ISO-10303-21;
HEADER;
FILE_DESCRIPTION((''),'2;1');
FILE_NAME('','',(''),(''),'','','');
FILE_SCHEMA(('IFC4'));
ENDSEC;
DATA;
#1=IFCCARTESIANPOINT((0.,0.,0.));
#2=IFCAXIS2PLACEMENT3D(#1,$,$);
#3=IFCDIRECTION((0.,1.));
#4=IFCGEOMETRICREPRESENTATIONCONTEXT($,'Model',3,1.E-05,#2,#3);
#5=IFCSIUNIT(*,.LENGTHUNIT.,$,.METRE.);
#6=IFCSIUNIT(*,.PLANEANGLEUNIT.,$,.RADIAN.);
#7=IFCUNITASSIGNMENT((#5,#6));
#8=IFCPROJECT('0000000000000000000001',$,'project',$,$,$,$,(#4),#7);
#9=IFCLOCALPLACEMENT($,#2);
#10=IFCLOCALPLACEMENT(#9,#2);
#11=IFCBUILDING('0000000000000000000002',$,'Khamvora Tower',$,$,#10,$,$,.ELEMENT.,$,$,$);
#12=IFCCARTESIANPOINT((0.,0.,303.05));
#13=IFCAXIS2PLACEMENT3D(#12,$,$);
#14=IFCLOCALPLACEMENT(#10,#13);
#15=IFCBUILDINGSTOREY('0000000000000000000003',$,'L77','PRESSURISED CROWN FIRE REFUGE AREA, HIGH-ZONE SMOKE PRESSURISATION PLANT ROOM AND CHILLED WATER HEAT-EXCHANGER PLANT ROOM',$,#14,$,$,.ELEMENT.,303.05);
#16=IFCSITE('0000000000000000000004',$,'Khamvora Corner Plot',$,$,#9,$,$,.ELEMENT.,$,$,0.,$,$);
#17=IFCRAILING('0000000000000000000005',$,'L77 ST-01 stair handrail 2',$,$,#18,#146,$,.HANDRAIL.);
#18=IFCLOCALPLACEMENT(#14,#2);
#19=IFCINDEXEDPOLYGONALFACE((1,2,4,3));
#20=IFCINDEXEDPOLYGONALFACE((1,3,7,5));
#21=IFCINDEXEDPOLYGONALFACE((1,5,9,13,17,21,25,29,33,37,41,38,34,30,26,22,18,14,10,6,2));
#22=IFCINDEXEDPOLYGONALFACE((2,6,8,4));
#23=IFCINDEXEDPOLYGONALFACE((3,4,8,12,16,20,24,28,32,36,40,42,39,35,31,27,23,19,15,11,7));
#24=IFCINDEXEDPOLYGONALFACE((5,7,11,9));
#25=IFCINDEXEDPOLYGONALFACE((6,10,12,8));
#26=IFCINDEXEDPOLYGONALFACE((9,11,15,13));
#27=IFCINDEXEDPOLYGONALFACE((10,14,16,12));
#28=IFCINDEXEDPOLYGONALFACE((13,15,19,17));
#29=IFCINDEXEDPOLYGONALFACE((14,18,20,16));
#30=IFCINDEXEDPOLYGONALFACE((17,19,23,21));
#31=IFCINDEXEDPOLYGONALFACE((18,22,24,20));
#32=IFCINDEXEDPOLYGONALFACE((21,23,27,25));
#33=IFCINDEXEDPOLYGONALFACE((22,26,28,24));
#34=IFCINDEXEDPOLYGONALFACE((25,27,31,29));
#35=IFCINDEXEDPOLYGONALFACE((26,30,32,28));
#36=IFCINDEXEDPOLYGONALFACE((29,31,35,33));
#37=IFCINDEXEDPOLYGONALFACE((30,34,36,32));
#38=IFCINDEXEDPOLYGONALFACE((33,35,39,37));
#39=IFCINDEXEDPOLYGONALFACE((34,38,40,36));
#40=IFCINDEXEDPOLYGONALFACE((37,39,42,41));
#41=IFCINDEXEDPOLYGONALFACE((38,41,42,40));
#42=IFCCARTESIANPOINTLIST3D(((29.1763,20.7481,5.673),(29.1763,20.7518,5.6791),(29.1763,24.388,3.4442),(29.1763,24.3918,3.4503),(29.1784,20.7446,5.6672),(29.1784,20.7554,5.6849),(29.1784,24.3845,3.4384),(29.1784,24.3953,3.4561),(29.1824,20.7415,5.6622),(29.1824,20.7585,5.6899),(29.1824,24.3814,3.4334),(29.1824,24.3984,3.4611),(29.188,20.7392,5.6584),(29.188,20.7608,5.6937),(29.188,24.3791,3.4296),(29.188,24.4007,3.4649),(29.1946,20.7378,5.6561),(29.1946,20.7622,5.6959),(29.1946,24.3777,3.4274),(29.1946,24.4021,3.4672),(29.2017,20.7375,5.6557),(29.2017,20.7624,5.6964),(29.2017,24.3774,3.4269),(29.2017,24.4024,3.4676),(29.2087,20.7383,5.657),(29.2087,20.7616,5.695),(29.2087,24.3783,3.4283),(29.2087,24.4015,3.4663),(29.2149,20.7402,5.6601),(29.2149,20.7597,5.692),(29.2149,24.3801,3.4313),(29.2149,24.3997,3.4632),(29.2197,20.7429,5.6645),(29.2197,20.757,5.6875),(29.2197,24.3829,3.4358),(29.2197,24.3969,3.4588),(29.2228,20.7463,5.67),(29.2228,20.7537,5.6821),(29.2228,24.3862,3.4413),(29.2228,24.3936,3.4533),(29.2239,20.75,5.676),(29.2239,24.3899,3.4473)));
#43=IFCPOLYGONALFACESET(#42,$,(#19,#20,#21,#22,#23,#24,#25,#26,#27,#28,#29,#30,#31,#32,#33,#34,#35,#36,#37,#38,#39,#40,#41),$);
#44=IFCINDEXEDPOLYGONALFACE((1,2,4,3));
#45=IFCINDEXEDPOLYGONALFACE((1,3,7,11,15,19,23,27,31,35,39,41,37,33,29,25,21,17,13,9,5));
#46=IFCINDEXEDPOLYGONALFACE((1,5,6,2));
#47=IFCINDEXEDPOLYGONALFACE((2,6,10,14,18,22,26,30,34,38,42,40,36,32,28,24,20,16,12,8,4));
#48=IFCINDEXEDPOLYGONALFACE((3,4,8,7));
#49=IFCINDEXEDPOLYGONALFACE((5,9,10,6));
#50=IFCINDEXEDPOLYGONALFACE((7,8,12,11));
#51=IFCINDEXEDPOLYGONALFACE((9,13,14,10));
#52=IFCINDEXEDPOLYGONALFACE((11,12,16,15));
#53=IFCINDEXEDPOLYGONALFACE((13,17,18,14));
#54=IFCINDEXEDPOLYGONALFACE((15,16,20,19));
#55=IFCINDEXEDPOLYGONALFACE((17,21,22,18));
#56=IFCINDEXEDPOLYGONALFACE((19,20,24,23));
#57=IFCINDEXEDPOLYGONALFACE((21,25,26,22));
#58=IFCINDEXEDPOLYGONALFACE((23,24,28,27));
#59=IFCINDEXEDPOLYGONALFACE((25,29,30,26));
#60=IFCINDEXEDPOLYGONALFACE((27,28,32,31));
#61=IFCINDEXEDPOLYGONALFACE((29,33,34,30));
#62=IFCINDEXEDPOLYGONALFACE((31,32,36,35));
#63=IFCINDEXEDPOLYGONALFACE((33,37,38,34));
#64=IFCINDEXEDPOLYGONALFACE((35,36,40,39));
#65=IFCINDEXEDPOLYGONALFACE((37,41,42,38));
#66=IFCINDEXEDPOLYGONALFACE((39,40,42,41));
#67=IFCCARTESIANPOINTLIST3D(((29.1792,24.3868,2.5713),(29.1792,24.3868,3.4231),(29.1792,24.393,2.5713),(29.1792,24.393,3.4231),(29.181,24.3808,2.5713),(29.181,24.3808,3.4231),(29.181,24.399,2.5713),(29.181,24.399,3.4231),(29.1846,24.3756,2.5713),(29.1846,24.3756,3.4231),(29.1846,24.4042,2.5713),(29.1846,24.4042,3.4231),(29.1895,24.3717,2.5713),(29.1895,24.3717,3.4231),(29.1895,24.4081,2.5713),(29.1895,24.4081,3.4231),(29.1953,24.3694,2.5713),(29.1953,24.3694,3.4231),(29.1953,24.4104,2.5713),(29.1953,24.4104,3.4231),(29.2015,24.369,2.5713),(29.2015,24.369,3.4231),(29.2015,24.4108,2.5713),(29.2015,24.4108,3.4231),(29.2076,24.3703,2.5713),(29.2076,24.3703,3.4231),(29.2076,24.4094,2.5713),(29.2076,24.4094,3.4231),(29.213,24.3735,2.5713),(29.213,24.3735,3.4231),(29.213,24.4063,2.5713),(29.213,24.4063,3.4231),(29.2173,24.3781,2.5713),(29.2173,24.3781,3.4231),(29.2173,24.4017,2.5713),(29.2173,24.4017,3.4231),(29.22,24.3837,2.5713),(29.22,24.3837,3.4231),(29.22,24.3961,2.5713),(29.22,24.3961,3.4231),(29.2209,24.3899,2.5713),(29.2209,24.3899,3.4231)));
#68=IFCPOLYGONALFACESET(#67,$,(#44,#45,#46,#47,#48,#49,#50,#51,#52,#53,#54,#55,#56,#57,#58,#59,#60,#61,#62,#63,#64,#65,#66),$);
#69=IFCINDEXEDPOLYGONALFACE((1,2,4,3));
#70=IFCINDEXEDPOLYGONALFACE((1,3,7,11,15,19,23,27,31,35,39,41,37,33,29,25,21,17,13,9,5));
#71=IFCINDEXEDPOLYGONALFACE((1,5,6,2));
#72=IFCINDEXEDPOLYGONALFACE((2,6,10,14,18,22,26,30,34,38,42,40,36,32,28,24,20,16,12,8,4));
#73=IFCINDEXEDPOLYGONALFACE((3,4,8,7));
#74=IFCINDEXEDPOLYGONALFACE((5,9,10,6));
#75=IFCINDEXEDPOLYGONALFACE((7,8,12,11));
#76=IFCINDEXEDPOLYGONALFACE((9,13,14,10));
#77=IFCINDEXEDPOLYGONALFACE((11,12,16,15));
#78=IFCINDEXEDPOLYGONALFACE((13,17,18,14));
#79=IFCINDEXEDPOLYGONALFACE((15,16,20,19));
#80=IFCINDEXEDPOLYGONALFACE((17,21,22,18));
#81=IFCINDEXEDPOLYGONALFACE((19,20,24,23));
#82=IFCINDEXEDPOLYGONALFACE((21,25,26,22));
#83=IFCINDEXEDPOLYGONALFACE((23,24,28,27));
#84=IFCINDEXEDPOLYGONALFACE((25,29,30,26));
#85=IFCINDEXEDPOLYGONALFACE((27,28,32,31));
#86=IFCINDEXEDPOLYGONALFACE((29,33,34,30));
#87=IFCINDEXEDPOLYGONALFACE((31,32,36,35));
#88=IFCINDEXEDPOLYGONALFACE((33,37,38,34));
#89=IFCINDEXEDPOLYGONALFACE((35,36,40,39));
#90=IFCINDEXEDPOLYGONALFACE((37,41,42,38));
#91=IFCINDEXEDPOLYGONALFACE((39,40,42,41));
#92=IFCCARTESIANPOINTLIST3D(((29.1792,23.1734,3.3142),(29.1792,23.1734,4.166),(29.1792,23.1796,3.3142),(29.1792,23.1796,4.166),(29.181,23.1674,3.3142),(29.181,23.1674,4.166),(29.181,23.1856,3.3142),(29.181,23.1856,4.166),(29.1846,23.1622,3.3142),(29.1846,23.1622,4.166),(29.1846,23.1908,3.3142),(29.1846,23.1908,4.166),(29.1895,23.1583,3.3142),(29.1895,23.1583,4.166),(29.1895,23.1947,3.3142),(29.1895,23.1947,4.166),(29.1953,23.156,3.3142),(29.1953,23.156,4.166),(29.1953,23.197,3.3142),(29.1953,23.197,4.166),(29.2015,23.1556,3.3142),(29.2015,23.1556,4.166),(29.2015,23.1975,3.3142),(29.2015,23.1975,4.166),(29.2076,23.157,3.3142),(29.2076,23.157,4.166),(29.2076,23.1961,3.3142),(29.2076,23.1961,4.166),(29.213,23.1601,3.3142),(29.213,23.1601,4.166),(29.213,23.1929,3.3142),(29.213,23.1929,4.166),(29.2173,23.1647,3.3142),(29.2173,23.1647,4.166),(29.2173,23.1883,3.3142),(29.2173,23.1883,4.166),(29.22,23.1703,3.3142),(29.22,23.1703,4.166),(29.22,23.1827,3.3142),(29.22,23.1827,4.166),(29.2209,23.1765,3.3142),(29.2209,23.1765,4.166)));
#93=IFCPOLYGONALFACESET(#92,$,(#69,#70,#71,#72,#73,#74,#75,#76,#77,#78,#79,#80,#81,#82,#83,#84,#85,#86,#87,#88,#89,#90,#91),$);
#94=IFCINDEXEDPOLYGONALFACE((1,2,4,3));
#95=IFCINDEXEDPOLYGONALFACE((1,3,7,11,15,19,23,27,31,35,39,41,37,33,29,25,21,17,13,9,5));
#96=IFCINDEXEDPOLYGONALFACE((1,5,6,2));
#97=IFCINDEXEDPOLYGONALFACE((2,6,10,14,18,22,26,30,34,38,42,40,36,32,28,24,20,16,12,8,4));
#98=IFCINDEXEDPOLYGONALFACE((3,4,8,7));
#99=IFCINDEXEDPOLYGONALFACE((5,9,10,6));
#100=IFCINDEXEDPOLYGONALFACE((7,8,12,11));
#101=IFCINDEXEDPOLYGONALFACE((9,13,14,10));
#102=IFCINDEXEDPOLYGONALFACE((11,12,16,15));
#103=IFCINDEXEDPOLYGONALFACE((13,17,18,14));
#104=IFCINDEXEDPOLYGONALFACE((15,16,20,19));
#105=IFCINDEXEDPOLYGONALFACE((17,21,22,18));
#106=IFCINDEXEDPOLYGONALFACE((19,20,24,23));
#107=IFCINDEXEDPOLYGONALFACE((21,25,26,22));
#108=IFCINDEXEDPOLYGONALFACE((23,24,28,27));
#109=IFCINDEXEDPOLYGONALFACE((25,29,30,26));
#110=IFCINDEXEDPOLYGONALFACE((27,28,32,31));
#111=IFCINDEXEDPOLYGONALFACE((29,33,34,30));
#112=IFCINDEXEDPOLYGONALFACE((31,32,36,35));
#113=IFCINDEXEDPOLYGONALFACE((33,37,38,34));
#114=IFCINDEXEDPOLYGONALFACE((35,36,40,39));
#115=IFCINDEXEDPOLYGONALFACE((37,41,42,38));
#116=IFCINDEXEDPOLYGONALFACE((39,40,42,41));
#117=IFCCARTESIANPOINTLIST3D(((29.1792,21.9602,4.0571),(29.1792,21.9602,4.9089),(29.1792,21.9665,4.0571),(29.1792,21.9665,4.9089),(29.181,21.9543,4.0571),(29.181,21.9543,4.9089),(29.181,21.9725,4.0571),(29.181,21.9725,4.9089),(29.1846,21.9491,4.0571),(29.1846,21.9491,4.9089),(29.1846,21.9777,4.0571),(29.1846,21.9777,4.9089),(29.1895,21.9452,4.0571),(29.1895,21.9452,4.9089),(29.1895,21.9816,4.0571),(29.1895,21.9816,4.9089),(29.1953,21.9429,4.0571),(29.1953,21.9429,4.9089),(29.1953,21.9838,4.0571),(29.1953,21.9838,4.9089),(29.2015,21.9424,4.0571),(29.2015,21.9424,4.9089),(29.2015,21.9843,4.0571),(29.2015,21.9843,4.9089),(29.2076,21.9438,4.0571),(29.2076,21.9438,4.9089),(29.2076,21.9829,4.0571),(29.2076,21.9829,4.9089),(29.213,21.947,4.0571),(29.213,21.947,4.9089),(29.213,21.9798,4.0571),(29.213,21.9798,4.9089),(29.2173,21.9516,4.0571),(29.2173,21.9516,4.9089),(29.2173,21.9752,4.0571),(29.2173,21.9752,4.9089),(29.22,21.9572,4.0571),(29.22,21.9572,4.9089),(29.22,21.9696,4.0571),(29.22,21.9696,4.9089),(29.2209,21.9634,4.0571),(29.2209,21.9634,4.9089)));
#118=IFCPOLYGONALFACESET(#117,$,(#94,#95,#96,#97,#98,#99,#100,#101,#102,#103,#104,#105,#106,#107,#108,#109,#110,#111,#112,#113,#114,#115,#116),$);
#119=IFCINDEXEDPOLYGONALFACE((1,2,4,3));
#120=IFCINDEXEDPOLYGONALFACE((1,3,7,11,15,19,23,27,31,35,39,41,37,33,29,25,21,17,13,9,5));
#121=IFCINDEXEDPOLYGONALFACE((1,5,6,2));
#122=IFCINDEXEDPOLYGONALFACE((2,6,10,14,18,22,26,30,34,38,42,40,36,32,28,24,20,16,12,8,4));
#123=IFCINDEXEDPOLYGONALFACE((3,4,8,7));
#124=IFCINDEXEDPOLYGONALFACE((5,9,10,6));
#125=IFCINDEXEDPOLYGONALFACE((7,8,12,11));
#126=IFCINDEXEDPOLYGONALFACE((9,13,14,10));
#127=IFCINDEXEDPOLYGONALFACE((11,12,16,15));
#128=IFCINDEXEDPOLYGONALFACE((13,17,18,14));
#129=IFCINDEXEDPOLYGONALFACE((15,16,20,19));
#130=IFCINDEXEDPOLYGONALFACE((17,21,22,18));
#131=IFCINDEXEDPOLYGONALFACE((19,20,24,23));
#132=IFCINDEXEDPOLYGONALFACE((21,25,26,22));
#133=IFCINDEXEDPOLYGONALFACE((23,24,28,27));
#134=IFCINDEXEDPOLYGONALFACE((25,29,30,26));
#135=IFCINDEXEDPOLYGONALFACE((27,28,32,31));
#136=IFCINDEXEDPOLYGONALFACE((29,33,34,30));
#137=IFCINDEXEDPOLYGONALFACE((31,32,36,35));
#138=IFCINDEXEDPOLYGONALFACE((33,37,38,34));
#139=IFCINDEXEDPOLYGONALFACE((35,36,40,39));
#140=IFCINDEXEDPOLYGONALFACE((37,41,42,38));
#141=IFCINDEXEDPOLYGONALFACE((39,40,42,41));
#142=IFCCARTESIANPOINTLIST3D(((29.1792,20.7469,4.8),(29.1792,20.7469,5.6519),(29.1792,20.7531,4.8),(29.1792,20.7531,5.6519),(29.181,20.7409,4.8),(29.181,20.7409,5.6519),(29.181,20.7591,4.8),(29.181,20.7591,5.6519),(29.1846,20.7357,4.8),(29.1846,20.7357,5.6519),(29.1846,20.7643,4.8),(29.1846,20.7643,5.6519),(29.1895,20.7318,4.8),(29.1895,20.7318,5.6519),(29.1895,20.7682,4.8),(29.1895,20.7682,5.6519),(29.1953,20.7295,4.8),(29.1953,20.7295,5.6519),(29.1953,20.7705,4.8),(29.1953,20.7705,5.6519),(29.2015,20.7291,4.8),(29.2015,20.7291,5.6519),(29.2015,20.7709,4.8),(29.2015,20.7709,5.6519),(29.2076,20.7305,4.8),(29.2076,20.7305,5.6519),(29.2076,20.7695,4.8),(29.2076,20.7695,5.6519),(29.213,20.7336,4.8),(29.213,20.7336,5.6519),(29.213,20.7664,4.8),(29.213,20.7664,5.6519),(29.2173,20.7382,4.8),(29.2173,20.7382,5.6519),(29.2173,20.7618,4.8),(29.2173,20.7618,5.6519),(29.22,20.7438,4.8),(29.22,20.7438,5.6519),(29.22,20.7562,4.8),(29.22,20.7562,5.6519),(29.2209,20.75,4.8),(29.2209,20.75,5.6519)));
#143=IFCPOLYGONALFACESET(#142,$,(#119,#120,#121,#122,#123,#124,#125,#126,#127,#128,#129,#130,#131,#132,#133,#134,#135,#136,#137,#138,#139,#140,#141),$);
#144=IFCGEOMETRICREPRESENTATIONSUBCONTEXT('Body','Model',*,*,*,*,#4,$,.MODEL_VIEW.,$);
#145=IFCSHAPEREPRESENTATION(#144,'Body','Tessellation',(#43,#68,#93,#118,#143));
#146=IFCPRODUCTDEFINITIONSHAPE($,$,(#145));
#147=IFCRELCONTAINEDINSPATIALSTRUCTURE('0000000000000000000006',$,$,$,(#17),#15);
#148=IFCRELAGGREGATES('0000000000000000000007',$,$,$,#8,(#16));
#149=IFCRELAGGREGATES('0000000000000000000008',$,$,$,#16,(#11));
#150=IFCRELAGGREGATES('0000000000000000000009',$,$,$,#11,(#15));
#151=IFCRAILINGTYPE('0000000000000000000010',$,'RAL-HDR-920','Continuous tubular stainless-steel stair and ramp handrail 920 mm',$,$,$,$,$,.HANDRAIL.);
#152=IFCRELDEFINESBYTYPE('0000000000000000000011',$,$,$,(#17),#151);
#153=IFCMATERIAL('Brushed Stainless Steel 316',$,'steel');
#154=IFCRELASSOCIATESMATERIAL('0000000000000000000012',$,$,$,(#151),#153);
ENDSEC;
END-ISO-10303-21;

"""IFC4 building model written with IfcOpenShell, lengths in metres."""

from ifc_helpers import new_model, si_unit, direction, frame, origin, origin_2d, place, context, subcontext, project, spatial, circle, extrude, material, type_object, element, save


model = new_model("IFC4")

# Units and contexts
model_context = context("Model", 3, precision=1e-05, world=origin(), true_north=direction((0.0, 1.0)))
body_context = subcontext(model_context, "Body", "Model", "MODEL_VIEW")
ifc_project = project(units=[si_unit("LENGTHUNIT", "METRE"), si_unit("PLANEANGLEUNIT", "RADIAN")], contexts=[model_context])

# Site, building, storey
site_placement = place(None, origin())
site = spatial("IfcSite", under=ifc_project, at=site_placement, Name="Khamvora Corner Plot", CompositionType="ELEMENT", RefElevation=0.0)
building_placement = place(site_placement, origin())
building = spatial("IfcBuilding", under=site, at=building_placement, Name="Khamvora Tower", CompositionType="ELEMENT")
storey_placement = place(building_placement, frame((0.0, 0.0, 303.05)))
storey = spatial("IfcBuildingStorey", under=building, at=storey_placement, Name="L77", Description="PRESSURISED CROWN FIRE REFUGE AREA, HIGH-ZONE SMOKE PRESSURISATION PLANT ROOM AND CHILLED WATER HEAT-EXCHANGER PLANT ROOM", CompositionType="ELEMENT", Elevation=303.05)

# Railing
ifc_material_1 = material(Name="Brushed Stainless Steel 316", Category="steel")
railing_type_1 = type_object("IfcRailingType", Name="RAL-HDR-920", Description="Continuous tubular stainless-steel stair and ramp handrail 920 mm", PredefinedType="HANDRAIL", material=ifc_material_1)
railing_1_placement = place(storey_placement, frame((29.2, 24.3899, 2.5713)))
element("IfcRailing", 1, at=railing_1_placement, inside=storey, type_object=railing_type_1, Name="L77 ST-01 stair handrail 2", PredefinedType="HANDRAIL", context=body_context, shape_type="SweptSolid", body=[
    extrude(circle(Radius=0.0239, at=origin_2d()), frame((0.0, 0.0, 0.876), z_axis=(0.0, -0.852825, 0.522197), x_axis=(1.0, 0.0, 0.0)), (0.0, 0.0, 1.0), 4.2681),
    extrude(circle(Radius=0.021, at=origin_2d()), origin(), (0.0, 0.0, 1.0), 0.8518),
    extrude(circle(Radius=0.021, at=origin_2d()), frame((0.0, -1.2134, 0.7429)), (0.0, 0.0, 1.0), 0.8518),
    extrude(circle(Radius=0.021, at=origin_2d()), frame((0.0, -2.4265, 1.4858)), (0.0, 0.0, 1.0), 0.8518),
    extrude(circle(Radius=0.021, at=origin_2d()), frame((0.0, -3.6399, 2.2288)), (0.0, 0.0, 1.0), 0.8518),
])

save(model, "model.ifc")
